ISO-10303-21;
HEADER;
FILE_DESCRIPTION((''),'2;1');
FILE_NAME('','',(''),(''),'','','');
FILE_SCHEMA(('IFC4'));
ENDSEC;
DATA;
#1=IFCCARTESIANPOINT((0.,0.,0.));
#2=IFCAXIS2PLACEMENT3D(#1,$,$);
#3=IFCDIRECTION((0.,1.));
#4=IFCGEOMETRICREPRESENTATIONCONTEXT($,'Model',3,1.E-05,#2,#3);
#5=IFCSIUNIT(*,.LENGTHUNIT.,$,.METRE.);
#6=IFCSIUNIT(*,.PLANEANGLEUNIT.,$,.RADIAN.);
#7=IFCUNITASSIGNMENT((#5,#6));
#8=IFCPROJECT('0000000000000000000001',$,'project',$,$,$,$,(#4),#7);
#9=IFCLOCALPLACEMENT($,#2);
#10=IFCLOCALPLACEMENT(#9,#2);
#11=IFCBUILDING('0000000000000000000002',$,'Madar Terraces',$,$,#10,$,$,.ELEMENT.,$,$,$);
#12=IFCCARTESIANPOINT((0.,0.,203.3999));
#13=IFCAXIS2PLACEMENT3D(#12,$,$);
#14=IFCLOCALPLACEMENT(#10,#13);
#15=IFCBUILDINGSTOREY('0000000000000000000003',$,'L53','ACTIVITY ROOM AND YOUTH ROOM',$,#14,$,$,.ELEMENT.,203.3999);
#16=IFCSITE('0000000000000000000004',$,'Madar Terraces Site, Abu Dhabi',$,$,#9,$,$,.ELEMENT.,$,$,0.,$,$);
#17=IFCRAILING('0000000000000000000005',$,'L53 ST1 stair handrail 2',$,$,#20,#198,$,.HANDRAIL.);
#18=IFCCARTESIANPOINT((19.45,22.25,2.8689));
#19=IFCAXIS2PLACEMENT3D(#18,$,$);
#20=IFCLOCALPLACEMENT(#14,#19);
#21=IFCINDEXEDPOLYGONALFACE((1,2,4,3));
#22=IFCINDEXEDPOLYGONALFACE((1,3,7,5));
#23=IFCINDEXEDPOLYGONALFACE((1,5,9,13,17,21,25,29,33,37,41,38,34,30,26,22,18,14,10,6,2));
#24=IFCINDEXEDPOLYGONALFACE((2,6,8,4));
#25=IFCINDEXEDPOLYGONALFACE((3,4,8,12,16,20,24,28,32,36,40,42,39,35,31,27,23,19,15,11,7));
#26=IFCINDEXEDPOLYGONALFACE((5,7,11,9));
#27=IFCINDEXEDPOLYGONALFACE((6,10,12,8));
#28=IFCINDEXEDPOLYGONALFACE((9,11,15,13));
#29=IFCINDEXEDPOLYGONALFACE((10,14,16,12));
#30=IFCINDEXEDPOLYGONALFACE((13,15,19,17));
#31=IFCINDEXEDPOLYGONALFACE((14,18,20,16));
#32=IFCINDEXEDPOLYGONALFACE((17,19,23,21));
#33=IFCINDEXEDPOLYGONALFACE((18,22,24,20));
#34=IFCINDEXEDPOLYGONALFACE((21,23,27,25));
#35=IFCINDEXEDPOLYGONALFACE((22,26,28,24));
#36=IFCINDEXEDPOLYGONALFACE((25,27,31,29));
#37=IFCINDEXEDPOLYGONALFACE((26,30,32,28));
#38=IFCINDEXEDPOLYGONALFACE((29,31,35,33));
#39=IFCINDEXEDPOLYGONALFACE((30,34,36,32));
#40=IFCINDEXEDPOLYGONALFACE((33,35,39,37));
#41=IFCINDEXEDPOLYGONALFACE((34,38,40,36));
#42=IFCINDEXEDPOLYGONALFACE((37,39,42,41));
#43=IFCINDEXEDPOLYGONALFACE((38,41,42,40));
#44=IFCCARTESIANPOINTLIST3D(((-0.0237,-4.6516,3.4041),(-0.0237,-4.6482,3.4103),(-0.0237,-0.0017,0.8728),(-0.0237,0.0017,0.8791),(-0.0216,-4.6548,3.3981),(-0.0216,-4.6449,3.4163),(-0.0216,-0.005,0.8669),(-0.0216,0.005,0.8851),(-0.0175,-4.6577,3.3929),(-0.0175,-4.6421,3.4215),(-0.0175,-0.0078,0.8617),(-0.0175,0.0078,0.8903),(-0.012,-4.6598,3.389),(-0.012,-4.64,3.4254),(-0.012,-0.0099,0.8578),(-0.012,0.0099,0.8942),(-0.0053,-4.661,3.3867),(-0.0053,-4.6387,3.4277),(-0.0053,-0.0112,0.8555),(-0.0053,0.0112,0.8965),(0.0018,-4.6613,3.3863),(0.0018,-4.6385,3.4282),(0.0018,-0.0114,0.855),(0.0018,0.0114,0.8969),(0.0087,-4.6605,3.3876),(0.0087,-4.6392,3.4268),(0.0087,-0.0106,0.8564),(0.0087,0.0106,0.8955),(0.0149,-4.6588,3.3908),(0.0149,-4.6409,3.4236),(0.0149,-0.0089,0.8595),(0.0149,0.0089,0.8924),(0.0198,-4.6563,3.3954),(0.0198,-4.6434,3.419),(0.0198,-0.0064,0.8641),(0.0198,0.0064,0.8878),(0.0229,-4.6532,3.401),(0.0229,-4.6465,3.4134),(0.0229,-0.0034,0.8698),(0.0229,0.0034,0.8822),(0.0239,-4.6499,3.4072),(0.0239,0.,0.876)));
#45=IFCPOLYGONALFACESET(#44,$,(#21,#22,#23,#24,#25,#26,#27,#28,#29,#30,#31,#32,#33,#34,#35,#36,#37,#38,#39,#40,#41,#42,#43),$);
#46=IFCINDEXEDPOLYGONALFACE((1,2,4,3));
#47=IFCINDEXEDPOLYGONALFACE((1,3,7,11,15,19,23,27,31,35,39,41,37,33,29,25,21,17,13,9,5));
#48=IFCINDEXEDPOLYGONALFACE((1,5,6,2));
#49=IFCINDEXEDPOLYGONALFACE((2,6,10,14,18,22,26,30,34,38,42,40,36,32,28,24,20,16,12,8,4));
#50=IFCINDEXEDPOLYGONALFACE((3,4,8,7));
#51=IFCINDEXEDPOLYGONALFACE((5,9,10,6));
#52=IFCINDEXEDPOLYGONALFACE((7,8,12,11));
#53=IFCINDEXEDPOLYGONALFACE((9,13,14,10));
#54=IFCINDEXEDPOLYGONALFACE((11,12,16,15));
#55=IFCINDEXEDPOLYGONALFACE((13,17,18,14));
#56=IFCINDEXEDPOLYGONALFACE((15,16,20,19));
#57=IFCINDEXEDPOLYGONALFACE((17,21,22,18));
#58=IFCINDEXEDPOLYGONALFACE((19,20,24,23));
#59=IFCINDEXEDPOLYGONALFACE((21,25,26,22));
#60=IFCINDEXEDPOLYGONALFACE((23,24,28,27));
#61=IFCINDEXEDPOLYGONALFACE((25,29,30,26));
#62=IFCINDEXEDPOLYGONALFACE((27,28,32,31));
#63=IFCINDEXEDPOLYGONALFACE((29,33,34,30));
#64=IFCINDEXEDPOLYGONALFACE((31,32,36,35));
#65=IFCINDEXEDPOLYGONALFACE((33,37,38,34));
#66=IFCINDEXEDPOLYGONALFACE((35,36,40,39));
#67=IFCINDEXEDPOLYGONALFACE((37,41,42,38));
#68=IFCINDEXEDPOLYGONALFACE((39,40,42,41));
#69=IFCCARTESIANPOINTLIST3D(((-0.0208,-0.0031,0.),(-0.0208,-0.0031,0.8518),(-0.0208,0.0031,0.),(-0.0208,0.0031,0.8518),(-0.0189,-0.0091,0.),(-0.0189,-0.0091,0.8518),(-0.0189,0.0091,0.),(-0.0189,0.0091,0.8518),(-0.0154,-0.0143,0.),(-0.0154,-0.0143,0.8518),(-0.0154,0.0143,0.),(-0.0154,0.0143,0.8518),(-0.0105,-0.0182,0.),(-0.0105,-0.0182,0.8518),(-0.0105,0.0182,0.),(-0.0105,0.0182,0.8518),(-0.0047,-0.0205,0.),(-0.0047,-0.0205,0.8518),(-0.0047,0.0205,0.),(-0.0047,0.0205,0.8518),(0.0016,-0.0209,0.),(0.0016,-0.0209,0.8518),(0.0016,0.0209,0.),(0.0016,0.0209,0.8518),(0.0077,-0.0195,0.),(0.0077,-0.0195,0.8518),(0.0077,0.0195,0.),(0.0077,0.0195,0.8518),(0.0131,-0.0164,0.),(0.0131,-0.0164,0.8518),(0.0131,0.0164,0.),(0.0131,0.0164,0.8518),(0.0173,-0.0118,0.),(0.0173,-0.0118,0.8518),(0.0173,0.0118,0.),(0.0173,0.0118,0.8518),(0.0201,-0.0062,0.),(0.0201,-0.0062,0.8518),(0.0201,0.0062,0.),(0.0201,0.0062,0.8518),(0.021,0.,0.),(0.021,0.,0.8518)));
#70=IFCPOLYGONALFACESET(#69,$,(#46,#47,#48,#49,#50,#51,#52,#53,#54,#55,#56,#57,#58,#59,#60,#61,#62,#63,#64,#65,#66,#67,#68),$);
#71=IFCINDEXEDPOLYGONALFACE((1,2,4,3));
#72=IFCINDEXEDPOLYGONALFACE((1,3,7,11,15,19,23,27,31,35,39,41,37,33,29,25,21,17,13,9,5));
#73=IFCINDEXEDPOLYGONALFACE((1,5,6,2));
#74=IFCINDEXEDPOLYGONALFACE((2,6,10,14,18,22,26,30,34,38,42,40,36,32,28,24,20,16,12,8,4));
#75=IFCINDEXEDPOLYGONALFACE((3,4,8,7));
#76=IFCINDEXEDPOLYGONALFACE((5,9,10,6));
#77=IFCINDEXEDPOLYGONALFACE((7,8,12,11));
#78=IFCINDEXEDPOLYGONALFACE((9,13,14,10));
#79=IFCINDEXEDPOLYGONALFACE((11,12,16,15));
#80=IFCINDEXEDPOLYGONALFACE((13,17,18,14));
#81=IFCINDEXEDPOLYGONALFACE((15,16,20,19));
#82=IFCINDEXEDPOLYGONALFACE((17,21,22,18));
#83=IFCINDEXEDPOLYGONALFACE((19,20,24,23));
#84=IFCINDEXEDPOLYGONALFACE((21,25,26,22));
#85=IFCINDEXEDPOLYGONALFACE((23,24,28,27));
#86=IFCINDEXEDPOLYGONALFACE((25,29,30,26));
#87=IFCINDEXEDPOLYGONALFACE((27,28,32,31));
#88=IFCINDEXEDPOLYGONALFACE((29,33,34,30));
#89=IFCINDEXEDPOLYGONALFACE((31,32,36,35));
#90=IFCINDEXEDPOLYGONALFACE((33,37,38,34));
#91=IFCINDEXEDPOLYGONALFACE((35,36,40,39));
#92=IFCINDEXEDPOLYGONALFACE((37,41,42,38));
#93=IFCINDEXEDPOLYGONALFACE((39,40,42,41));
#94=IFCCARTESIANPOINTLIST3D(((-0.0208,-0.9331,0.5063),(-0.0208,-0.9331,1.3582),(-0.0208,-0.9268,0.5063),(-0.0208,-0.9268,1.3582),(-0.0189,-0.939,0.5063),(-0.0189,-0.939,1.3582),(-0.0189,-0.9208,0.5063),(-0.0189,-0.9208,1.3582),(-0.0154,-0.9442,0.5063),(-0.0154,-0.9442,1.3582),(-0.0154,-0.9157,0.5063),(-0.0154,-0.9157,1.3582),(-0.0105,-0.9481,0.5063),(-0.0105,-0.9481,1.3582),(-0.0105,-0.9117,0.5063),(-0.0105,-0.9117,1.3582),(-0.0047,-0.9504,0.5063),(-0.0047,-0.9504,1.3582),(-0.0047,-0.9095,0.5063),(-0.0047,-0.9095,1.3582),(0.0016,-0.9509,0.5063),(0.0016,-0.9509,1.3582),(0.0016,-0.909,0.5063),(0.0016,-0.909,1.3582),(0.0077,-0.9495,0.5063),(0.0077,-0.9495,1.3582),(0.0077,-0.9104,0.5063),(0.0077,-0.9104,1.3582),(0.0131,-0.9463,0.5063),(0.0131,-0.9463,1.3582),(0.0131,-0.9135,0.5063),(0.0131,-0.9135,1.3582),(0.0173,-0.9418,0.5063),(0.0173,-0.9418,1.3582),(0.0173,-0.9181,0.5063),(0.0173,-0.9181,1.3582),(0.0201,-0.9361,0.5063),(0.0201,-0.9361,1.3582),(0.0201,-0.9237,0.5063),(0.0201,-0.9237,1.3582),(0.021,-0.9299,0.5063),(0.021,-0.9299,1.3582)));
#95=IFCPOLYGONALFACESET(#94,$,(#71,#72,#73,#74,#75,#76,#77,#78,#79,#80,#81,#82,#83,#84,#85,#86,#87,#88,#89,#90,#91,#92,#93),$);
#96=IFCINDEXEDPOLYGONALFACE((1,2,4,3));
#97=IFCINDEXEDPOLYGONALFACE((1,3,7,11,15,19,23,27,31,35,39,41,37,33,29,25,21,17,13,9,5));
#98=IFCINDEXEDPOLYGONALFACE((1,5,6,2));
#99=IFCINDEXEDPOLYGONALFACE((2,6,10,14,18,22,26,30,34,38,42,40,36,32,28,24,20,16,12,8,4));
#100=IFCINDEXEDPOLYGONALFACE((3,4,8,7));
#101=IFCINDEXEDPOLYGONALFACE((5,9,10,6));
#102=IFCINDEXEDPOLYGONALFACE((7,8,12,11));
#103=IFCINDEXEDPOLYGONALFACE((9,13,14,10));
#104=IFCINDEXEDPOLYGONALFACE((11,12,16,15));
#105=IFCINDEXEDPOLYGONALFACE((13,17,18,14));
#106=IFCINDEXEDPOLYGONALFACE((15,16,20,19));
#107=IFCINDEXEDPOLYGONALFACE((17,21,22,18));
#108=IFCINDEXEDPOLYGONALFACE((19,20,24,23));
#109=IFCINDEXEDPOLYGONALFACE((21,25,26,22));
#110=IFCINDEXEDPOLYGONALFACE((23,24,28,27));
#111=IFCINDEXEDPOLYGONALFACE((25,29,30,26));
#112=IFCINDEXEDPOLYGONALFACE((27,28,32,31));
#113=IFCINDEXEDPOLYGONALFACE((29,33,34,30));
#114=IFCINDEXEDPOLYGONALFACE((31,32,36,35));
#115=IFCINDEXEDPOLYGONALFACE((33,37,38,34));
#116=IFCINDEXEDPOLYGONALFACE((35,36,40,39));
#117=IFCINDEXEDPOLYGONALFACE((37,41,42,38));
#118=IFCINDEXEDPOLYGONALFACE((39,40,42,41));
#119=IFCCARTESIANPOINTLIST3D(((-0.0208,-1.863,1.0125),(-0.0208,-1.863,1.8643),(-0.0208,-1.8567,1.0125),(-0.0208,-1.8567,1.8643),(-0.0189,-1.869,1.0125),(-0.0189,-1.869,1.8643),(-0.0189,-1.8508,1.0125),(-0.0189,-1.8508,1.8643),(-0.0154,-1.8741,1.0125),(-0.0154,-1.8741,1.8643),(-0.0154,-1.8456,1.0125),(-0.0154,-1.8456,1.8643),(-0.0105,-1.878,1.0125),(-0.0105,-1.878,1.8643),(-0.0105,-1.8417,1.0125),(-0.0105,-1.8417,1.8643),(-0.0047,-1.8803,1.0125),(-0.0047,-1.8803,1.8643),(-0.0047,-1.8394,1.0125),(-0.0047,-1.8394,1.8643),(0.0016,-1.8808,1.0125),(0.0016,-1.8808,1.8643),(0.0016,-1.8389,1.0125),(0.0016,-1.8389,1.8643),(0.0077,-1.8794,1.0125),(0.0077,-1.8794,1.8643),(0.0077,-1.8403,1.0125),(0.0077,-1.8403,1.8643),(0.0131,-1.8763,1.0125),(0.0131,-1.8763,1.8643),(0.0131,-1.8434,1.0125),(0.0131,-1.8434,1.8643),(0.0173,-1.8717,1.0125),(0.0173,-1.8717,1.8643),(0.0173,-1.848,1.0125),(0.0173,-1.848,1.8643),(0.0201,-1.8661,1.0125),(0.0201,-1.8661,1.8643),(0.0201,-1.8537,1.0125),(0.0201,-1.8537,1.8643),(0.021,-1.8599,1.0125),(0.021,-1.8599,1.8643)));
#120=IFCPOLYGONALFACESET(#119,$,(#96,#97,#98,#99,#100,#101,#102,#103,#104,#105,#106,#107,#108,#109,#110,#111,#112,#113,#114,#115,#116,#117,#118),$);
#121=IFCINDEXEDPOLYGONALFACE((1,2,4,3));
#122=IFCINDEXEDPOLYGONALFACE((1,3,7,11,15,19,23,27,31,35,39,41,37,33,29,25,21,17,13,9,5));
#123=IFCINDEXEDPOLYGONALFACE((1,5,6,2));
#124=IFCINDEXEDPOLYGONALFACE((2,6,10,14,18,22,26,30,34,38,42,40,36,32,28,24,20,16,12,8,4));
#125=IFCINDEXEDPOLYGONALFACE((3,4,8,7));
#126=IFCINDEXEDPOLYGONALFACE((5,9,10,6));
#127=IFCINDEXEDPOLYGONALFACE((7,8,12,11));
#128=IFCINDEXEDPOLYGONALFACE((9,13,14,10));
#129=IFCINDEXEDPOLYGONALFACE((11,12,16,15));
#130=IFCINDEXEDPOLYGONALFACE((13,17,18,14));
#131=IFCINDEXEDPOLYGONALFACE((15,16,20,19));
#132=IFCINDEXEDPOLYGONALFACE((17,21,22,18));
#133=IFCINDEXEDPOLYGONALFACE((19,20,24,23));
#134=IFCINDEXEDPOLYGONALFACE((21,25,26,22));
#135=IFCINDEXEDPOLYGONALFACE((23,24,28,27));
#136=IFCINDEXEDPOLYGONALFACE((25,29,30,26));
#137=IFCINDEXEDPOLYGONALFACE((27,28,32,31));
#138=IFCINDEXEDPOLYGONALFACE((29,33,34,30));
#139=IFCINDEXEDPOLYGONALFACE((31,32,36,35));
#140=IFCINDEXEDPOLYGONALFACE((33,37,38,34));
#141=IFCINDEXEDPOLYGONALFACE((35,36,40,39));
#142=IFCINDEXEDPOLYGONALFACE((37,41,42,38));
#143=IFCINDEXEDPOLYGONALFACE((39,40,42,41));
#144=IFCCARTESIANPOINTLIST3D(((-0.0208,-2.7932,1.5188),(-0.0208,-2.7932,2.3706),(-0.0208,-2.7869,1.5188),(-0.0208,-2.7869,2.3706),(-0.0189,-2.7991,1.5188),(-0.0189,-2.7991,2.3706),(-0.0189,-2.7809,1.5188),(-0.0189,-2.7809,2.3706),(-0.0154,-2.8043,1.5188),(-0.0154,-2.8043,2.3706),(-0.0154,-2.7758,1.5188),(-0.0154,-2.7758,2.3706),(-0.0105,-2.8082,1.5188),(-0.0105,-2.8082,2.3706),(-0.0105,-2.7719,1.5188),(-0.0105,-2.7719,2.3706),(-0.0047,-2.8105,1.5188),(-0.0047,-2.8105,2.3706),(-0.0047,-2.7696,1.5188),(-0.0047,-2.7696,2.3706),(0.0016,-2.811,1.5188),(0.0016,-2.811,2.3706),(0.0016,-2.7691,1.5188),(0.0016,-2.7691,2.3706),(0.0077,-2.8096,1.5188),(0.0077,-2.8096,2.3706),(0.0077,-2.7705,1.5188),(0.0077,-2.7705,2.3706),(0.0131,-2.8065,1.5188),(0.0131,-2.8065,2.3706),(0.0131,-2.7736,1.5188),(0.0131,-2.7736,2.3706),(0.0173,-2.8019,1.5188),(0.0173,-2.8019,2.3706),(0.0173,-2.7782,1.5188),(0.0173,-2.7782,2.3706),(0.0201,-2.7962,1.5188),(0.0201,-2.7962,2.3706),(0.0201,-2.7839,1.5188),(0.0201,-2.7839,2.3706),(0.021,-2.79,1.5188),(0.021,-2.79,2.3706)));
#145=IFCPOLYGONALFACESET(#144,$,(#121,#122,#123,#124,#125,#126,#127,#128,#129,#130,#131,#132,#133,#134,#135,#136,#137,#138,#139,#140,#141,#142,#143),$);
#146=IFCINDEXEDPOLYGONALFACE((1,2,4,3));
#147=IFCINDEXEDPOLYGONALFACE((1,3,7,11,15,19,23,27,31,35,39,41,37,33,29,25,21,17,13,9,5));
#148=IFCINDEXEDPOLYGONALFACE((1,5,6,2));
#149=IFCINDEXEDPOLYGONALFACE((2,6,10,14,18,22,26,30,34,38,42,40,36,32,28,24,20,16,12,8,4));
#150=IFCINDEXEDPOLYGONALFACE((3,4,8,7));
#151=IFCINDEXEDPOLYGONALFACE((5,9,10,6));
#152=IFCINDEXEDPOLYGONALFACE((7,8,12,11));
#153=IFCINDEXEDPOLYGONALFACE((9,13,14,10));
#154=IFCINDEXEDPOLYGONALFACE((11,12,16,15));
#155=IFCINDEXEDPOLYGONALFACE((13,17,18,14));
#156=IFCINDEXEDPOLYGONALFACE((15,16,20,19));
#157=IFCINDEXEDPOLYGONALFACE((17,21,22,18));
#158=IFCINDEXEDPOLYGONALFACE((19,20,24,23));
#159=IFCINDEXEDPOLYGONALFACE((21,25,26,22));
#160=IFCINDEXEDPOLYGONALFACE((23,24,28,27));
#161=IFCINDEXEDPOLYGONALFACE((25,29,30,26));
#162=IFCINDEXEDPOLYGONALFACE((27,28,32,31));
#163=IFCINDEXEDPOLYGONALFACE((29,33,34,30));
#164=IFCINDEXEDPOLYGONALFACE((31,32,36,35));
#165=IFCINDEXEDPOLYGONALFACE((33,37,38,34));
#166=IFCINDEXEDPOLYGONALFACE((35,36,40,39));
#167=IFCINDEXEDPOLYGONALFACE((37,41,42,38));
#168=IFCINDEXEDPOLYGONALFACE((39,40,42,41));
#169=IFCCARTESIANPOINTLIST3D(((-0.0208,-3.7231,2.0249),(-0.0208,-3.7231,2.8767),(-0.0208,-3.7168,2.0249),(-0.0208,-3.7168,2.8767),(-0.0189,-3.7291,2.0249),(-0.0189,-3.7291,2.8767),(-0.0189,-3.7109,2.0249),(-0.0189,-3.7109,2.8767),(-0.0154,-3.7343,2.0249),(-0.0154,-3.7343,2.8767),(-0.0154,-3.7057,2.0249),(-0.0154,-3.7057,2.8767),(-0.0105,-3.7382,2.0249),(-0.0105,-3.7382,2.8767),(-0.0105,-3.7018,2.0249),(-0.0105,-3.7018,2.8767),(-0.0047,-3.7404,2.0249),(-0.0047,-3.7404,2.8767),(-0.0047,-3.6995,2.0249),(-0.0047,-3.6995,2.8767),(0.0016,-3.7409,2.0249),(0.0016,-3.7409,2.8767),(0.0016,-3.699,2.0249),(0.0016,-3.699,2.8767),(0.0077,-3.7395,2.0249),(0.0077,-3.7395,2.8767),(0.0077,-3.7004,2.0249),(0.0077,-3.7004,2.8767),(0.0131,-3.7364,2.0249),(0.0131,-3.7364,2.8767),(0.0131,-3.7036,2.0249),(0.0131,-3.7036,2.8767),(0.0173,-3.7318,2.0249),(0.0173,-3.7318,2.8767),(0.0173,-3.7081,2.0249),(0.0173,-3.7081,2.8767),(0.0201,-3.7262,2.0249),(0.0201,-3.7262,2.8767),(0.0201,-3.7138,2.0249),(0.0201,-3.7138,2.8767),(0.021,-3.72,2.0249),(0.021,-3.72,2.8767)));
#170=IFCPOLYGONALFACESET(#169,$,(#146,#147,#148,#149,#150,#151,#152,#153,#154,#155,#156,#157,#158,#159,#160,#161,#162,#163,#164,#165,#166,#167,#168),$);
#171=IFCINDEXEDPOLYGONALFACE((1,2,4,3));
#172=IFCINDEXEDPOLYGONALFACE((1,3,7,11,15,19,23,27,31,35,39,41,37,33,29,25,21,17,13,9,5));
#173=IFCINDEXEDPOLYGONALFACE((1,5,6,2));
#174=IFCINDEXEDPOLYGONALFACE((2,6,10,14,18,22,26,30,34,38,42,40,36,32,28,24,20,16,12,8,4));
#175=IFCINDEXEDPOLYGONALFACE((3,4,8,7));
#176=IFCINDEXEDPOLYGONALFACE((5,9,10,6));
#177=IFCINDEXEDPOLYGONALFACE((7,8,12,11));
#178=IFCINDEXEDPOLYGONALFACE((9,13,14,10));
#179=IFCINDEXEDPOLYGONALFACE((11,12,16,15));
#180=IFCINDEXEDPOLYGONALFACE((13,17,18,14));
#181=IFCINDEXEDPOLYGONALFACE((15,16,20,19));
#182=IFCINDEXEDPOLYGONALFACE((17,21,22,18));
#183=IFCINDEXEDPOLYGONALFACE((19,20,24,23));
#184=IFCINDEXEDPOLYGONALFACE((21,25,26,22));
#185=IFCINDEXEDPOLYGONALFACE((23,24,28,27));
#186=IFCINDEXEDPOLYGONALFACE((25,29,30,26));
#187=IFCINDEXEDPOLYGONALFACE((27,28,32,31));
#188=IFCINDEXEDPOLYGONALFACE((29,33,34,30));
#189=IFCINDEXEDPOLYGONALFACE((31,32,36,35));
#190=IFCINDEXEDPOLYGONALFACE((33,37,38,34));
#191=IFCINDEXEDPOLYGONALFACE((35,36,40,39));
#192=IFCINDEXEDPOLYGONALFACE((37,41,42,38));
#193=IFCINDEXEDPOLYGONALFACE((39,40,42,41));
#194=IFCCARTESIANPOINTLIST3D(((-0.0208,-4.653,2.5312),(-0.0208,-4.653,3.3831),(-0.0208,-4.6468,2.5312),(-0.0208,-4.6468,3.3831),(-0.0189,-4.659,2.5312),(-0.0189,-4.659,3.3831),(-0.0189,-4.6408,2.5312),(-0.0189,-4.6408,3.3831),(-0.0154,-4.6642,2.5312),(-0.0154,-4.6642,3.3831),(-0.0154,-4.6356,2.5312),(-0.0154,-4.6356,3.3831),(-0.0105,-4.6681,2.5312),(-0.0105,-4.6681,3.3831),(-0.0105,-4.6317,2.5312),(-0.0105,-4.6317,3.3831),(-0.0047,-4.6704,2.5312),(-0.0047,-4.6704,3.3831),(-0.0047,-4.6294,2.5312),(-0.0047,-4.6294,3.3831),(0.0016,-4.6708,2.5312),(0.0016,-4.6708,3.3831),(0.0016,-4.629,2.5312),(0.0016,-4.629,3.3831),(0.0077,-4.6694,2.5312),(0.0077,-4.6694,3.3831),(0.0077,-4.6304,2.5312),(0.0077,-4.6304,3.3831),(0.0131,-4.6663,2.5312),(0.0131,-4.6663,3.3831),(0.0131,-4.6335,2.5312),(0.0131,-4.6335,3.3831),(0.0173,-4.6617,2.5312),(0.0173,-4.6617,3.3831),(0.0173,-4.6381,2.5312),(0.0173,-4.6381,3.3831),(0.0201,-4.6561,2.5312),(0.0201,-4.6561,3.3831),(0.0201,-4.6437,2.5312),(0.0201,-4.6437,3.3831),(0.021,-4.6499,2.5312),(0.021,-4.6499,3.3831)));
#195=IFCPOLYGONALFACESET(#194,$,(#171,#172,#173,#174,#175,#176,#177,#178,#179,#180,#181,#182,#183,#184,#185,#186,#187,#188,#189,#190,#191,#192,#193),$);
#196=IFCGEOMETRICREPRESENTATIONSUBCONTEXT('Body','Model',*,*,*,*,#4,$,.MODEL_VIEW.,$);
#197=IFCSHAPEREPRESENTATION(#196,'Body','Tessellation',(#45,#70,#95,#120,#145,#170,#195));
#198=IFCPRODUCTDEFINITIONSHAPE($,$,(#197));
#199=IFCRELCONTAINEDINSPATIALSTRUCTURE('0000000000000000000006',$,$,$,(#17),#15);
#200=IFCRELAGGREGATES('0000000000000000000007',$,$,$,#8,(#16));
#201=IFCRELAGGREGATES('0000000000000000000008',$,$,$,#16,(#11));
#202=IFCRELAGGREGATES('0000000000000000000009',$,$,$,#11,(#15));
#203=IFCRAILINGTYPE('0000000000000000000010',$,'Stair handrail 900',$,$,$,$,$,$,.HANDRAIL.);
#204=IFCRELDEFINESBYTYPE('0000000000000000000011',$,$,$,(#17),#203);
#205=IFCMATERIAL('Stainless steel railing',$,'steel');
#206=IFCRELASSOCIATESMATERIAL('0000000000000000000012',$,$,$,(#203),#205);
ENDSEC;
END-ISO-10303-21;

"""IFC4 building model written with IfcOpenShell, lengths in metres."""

from ifc_helpers import new_model, si_unit, direction, frame, origin, origin_2d, place, context, subcontext, project, spatial, circle, extrude, material, type_object, element, save


model = new_model("IFC4")

# Units and contexts
model_context = context("Model", 3, precision=1e-05, world=origin(), true_north=direction((0.0, 1.0)))
body_context = subcontext(model_context, "Body", "Model", "MODEL_VIEW")
ifc_project = project(units=[si_unit("LENGTHUNIT", "METRE"), si_unit("PLANEANGLEUNIT", "RADIAN")], contexts=[model_context])

# Site, building, storey
site_placement = place(None, origin())
site = spatial("IfcSite", under=ifc_project, at=site_placement, Name="Madar Terraces Site, Abu Dhabi", CompositionType="ELEMENT", RefElevation=0.0)
building_placement = place(site_placement, origin())
building = spatial("IfcBuilding", under=site, at=building_placement, Name="Madar Terraces", CompositionType="ELEMENT")
storey_placement = place(building_placement, frame((0.0, 0.0, 203.3999)))
storey = spatial("IfcBuildingStorey", under=building, at=storey_placement, Name="L53", Description="ACTIVITY ROOM AND YOUTH ROOM", CompositionType="ELEMENT", Elevation=203.3999)

# Railing
ifc_material_1 = material(Name="Stainless steel railing", Category="steel")
railing_type_1 = type_object("IfcRailingType", Name="Stair handrail 900", PredefinedType="HANDRAIL", material=ifc_material_1)
railing_1_placement = place(storey_placement, frame((19.45, 22.25, 2.8689)))
element("IfcRailing", 1, at=railing_1_placement, inside=storey, type_object=railing_type_1, Name="L53 ST1 stair handrail 2", PredefinedType="HANDRAIL", context=body_context, shape_type="SweptSolid", body=[
    extrude(circle(Radius=0.0239, at=origin_2d()), frame((0.0, 0.0, 0.876), z_axis=(0.0, -0.878297, 0.478115), x_axis=(1.0, 0.0, 0.0)), (0.0, 0.0, 1.0), 5.2942),
    extrude(circle(Radius=0.021, at=origin_2d()), origin(), (0.0, 0.0, 1.0), 0.8518),
    extrude(circle(Radius=0.021, at=origin_2d()), frame((0.0, -0.9299, 0.5063)), (0.0, 0.0, 1.0), 0.8518),
    extrude(circle(Radius=0.021, at=origin_2d()), frame((0.0, -1.8599, 1.0125)), (0.0, 0.0, 1.0), 0.8518),
    extrude(circle(Radius=0.021, at=origin_2d()), frame((0.0, -2.79, 1.5188)), (0.0, 0.0, 1.0), 0.8518),
    extrude(circle(Radius=0.021, at=origin_2d()), frame((0.0, -3.72, 2.0249)), (0.0, 0.0, 1.0), 0.8518),
    extrude(circle(Radius=0.021, at=origin_2d()), frame((0.0, -4.6499, 2.5312)), (0.0, 0.0, 1.0), 0.8518),
])

save(model, "model.ifc")
